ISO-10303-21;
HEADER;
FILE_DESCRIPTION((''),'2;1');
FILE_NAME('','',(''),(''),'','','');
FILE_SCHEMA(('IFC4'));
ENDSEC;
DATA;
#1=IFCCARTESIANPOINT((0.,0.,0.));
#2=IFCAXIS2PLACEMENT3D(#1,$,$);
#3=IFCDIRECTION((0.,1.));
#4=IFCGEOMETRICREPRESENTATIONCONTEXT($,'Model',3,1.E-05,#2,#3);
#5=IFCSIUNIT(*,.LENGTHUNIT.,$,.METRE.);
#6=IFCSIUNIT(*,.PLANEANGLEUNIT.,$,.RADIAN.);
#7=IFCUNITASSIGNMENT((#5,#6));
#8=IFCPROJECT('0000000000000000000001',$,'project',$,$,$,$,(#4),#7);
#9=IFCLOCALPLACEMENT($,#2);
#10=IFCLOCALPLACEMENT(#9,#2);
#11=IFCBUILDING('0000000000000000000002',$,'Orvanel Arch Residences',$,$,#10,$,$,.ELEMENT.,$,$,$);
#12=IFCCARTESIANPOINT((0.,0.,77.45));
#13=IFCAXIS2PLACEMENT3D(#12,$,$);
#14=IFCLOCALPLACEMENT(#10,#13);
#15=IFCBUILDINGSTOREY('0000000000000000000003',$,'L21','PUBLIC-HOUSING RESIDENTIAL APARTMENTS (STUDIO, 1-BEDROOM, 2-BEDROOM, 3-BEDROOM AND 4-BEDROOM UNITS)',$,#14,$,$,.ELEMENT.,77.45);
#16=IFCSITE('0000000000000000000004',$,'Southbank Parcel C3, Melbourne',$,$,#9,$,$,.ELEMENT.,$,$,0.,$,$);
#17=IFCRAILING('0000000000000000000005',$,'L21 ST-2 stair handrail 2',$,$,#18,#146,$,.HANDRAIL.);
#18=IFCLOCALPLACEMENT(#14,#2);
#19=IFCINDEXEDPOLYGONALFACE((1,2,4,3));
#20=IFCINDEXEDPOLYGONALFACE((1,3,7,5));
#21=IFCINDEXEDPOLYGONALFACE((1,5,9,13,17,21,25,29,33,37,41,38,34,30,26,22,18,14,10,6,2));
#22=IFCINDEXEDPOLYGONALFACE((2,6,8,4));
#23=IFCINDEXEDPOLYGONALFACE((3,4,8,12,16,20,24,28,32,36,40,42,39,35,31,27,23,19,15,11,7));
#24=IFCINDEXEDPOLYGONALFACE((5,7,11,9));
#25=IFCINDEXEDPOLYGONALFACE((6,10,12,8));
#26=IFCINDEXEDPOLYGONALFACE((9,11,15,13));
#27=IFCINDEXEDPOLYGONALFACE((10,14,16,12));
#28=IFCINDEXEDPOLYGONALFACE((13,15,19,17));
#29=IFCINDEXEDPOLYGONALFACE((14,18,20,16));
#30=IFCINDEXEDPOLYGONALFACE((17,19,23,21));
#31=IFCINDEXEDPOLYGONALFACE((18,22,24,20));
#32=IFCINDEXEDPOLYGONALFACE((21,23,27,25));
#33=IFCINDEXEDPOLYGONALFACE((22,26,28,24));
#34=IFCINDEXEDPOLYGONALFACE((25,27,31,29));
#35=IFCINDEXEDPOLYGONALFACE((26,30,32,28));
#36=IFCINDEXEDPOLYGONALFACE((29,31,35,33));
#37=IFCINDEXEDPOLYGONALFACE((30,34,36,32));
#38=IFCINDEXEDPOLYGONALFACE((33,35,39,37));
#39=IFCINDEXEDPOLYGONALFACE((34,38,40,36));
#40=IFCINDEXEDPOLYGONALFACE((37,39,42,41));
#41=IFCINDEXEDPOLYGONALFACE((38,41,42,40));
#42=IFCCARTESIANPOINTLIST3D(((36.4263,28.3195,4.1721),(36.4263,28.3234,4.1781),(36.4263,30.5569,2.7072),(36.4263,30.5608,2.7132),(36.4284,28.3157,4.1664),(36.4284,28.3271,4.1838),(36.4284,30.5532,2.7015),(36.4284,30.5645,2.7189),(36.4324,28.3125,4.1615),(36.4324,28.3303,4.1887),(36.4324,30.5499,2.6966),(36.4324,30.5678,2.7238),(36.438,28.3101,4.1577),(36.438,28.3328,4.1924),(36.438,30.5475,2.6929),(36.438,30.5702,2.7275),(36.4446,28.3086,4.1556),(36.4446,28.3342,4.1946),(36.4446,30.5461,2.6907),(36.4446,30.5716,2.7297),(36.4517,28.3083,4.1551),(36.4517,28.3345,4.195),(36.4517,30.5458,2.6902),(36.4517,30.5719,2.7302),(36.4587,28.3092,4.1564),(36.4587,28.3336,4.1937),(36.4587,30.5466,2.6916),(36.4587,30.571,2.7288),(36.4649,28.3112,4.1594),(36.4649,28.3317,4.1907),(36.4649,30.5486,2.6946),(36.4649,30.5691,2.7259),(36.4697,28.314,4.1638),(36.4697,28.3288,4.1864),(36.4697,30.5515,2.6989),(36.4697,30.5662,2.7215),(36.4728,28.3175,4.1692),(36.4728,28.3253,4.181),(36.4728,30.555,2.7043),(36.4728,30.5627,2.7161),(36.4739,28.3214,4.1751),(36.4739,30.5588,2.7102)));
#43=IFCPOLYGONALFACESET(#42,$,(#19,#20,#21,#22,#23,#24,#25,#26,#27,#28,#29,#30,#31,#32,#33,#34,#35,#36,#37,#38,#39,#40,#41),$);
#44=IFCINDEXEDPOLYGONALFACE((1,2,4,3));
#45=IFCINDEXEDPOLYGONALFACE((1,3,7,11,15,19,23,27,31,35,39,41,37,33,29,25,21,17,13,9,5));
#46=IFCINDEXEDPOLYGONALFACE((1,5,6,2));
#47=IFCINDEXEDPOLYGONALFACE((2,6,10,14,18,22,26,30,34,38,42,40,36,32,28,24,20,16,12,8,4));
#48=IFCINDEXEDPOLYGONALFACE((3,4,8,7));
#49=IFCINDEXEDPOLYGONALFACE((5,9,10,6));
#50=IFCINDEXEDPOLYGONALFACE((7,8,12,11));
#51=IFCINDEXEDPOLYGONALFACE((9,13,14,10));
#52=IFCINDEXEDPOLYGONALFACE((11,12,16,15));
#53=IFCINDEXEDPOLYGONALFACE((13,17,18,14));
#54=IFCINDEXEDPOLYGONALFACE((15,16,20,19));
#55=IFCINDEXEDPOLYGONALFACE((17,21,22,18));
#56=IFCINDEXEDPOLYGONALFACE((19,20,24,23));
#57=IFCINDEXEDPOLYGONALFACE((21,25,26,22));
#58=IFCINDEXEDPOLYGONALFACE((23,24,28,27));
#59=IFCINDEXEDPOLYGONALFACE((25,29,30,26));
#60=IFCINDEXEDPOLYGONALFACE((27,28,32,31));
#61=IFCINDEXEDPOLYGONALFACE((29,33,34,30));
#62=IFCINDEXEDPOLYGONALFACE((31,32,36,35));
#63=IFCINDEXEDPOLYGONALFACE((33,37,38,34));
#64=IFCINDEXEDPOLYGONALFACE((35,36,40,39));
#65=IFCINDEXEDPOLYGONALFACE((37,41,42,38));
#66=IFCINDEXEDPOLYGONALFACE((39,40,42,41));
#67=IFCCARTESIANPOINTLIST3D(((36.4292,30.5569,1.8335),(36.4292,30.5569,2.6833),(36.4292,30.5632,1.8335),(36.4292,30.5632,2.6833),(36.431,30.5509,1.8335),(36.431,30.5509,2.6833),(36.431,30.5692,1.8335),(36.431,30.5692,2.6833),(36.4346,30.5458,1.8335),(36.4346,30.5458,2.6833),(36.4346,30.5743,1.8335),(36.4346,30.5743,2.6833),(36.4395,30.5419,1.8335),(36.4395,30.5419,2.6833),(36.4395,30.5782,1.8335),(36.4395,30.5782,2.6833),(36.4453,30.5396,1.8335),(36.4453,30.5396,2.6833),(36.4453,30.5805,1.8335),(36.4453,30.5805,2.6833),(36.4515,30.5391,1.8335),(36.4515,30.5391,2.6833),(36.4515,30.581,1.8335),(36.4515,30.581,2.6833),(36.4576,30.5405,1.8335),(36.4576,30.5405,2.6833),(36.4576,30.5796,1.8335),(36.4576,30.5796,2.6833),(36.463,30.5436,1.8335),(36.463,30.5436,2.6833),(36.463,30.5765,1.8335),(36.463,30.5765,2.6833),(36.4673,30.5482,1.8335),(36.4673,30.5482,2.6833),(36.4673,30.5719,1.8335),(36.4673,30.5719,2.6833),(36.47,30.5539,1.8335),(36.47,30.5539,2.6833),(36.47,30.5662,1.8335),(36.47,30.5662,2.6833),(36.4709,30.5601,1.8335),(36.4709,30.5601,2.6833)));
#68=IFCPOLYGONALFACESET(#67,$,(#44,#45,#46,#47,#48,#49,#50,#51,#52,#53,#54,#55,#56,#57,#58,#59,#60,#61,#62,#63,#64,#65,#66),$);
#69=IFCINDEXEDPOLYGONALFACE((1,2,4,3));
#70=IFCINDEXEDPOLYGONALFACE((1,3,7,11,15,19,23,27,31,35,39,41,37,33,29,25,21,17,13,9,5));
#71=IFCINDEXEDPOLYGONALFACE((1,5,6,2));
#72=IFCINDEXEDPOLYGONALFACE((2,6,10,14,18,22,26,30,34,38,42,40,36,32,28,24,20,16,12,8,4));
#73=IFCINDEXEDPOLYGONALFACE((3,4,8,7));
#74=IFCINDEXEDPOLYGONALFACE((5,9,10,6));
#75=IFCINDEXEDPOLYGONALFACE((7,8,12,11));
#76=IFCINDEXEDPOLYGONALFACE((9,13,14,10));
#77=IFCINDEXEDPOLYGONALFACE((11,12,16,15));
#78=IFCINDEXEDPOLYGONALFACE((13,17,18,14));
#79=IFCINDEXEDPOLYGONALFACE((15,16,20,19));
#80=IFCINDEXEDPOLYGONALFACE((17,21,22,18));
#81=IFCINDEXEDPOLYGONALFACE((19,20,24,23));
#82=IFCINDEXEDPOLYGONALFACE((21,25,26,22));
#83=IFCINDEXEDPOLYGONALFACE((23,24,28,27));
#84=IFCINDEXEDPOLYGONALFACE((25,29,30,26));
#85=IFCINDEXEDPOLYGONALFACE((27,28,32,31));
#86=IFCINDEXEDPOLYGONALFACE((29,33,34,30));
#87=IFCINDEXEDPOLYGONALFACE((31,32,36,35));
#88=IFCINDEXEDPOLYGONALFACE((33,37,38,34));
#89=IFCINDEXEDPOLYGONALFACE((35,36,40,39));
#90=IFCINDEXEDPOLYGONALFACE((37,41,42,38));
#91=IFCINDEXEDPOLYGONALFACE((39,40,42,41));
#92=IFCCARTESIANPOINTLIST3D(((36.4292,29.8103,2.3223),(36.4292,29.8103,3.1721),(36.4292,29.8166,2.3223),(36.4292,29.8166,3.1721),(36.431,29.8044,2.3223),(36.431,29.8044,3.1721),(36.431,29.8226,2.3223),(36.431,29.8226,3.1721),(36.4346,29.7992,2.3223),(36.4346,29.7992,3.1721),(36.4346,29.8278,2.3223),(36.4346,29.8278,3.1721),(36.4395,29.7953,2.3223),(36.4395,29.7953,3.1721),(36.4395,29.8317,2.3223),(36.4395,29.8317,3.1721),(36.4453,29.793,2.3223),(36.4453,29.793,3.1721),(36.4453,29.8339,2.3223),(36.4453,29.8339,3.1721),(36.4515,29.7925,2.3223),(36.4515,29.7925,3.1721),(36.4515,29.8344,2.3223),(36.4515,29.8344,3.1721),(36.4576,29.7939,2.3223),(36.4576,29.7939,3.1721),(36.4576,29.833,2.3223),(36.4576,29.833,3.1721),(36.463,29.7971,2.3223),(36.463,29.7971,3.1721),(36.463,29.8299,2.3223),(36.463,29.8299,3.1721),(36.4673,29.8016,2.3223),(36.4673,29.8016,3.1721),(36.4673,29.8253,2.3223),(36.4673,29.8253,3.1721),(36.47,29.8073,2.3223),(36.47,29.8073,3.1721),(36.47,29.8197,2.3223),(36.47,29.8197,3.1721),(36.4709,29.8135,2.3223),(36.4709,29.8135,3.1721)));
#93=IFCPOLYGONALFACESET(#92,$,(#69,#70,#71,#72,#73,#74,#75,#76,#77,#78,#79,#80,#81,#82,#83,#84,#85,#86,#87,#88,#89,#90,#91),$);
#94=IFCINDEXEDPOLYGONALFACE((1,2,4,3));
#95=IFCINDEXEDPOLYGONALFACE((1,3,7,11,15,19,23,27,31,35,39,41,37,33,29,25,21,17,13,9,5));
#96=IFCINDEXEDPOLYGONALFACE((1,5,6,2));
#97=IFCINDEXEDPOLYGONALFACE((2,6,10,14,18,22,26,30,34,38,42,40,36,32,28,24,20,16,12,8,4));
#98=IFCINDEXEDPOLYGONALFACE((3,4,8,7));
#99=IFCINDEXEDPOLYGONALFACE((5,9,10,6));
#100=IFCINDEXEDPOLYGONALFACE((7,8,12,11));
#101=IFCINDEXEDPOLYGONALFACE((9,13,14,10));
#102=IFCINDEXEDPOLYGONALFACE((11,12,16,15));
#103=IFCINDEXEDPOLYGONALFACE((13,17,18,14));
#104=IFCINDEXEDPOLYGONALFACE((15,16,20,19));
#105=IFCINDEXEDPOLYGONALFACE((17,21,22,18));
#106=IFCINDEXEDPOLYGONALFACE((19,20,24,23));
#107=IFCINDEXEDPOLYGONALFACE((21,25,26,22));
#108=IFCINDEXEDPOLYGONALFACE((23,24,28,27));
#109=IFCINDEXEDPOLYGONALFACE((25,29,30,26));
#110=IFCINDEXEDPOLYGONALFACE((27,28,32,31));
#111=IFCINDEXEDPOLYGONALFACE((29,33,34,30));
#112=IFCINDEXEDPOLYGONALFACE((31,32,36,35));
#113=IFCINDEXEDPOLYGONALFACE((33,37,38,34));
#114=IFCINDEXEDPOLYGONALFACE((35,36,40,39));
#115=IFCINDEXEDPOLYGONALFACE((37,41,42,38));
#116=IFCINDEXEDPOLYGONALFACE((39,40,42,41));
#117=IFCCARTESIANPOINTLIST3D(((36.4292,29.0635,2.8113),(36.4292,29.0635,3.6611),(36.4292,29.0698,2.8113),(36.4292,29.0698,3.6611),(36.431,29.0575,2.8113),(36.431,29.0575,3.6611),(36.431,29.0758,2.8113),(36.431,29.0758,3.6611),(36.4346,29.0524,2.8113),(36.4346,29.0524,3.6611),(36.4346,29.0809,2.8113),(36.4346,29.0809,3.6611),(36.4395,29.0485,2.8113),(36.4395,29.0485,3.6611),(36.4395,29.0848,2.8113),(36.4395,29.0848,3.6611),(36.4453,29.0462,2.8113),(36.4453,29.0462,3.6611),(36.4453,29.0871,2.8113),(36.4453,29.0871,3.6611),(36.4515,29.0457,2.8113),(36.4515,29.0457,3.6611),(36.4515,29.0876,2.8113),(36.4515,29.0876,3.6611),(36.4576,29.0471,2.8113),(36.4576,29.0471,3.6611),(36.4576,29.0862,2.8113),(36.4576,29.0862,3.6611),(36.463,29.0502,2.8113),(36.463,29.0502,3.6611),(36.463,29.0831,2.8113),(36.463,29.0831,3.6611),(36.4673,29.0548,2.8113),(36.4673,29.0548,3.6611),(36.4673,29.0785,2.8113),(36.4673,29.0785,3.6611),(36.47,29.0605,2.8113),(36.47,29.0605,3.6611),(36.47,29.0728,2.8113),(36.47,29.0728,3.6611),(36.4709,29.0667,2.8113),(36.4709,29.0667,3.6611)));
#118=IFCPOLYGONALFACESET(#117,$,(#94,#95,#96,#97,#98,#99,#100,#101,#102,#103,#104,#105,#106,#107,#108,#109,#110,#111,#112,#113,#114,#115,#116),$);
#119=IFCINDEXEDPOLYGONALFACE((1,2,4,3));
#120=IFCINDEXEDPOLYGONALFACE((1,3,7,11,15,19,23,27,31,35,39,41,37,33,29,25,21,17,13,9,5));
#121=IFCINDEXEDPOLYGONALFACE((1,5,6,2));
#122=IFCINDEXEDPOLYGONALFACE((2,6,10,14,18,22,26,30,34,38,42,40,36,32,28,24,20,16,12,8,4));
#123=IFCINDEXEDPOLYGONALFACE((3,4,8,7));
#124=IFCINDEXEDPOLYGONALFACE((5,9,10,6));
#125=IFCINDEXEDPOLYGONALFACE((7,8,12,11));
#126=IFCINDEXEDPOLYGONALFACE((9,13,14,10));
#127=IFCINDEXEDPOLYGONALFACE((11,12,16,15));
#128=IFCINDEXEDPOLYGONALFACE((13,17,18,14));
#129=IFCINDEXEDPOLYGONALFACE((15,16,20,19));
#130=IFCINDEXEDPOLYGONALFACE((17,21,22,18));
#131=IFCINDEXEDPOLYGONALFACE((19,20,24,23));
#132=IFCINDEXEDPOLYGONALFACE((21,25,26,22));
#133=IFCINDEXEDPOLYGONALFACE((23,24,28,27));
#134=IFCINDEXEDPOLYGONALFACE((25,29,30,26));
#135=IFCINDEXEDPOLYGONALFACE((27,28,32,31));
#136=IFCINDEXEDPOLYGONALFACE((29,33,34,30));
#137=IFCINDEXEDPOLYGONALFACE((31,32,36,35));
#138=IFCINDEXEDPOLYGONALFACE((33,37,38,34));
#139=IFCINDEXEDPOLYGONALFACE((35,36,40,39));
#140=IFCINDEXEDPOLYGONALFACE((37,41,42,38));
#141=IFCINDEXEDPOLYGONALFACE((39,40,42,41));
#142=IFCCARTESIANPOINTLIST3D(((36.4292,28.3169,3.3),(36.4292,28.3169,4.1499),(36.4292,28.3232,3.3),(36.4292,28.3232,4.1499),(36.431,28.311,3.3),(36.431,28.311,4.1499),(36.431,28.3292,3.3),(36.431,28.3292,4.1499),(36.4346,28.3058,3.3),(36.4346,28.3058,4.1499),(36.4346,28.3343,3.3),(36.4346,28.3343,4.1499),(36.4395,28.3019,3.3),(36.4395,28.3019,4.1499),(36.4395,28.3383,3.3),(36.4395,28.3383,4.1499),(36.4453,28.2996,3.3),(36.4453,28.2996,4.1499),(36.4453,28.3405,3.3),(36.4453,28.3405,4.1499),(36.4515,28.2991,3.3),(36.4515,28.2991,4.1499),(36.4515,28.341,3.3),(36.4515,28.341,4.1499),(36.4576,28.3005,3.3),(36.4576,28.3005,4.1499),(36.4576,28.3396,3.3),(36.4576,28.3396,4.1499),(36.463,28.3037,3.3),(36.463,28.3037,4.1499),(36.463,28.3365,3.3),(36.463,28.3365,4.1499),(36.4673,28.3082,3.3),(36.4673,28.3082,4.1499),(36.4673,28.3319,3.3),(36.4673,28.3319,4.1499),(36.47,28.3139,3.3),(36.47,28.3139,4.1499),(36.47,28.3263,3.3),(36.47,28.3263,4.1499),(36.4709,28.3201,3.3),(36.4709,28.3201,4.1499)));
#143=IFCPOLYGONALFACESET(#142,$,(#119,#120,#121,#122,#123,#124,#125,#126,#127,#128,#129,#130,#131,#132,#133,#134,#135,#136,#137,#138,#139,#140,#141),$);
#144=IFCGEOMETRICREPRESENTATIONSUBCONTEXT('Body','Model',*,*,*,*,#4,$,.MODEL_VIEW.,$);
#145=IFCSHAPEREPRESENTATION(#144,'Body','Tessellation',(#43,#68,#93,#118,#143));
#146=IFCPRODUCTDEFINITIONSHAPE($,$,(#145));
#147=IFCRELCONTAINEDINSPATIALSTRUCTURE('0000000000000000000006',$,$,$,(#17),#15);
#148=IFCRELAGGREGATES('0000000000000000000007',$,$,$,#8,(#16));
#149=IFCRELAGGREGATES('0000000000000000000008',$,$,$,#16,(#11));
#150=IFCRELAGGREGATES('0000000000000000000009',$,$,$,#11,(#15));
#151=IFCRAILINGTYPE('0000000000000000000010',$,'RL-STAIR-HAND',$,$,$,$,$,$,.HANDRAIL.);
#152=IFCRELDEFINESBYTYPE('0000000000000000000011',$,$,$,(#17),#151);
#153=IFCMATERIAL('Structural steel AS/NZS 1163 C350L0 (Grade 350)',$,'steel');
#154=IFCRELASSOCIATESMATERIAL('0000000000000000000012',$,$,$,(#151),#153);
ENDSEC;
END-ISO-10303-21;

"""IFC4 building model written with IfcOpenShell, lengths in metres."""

from ifc_helpers import new_model, si_unit, direction, frame, origin, origin_2d, place, context, subcontext, project, spatial, circle, extrude, material, type_object, element, save


model = new_model("IFC4")

# Units and contexts
model_context = context("Model", 3, precision=1e-05, world=origin(), true_north=direction((0.0, 1.0)))
body_context = subcontext(model_context, "Body", "Model", "MODEL_VIEW")
ifc_project = project(units=[si_unit("LENGTHUNIT", "METRE"), si_unit("PLANEANGLEUNIT", "RADIAN")], contexts=[model_context])

# Site, building, storey
site_placement = place(None, origin())
site = spatial("IfcSite", under=ifc_project, at=site_placement, Name="Southbank Parcel C3, Melbourne", CompositionType="ELEMENT", RefElevation=0.0)
building_placement = place(site_placement, origin())
building = spatial("IfcBuilding", under=site, at=building_placement, Name="Orvanel Arch Residences", CompositionType="ELEMENT")
storey_placement = place(building_placement, frame((0.0, 0.0, 77.45)))
storey = spatial("IfcBuildingStorey", under=building, at=storey_placement, Name="L21", Description="PUBLIC-HOUSING RESIDENTIAL APARTMENTS (STUDIO, 1-BEDROOM, 2-BEDROOM, 3-BEDROOM AND 4-BEDROOM UNITS)", CompositionType="ELEMENT", Elevation=77.45)

# Railing
ifc_material_1 = material(Name="Structural steel AS/NZS 1163 C350L0 (Grade 350)", Category="steel")
railing_type_1 = type_object("IfcRailingType", Name="RL-STAIR-HAND", PredefinedType="HANDRAIL", material=ifc_material_1)
railing_1_placement = place(storey_placement, frame((36.45, 30.5601, 1.8335)))
element("IfcRailing", 1, at=railing_1_placement, inside=storey, type_object=railing_type_1, Name="L21 ST-2 stair handrail 2", PredefinedType="HANDRAIL", context=body_context, shape_type="SweptSolid", body=[
    extrude(circle(Radius=0.0239, at=origin_2d()), frame((0.0, -0.0012, 0.8767), z_axis=(0.0, -0.836637, 0.547758), x_axis=(1.0, 0.0, 0.0)), (0.0, 0.0, 1.0), 2.6743),
    extrude(circle(Radius=0.021, at=origin_2d()), origin(), (0.0, 0.0, 1.0), 0.8499),
    extrude(circle(Radius=0.021, at=origin_2d()), frame((0.0, -0.7466, 0.4888)), (0.0, 0.0, 1.0), 0.8499),
    extrude(circle(Radius=0.021, at=origin_2d()), frame((0.0, -1.4934, 0.9778)), (0.0, 0.0, 1.0), 0.8499),
    extrude(circle(Radius=0.021, at=origin_2d()), frame((0.0, -2.24, 1.4666)), (0.0, 0.0, 1.0), 0.8499),
])

save(model, "model.ifc")
